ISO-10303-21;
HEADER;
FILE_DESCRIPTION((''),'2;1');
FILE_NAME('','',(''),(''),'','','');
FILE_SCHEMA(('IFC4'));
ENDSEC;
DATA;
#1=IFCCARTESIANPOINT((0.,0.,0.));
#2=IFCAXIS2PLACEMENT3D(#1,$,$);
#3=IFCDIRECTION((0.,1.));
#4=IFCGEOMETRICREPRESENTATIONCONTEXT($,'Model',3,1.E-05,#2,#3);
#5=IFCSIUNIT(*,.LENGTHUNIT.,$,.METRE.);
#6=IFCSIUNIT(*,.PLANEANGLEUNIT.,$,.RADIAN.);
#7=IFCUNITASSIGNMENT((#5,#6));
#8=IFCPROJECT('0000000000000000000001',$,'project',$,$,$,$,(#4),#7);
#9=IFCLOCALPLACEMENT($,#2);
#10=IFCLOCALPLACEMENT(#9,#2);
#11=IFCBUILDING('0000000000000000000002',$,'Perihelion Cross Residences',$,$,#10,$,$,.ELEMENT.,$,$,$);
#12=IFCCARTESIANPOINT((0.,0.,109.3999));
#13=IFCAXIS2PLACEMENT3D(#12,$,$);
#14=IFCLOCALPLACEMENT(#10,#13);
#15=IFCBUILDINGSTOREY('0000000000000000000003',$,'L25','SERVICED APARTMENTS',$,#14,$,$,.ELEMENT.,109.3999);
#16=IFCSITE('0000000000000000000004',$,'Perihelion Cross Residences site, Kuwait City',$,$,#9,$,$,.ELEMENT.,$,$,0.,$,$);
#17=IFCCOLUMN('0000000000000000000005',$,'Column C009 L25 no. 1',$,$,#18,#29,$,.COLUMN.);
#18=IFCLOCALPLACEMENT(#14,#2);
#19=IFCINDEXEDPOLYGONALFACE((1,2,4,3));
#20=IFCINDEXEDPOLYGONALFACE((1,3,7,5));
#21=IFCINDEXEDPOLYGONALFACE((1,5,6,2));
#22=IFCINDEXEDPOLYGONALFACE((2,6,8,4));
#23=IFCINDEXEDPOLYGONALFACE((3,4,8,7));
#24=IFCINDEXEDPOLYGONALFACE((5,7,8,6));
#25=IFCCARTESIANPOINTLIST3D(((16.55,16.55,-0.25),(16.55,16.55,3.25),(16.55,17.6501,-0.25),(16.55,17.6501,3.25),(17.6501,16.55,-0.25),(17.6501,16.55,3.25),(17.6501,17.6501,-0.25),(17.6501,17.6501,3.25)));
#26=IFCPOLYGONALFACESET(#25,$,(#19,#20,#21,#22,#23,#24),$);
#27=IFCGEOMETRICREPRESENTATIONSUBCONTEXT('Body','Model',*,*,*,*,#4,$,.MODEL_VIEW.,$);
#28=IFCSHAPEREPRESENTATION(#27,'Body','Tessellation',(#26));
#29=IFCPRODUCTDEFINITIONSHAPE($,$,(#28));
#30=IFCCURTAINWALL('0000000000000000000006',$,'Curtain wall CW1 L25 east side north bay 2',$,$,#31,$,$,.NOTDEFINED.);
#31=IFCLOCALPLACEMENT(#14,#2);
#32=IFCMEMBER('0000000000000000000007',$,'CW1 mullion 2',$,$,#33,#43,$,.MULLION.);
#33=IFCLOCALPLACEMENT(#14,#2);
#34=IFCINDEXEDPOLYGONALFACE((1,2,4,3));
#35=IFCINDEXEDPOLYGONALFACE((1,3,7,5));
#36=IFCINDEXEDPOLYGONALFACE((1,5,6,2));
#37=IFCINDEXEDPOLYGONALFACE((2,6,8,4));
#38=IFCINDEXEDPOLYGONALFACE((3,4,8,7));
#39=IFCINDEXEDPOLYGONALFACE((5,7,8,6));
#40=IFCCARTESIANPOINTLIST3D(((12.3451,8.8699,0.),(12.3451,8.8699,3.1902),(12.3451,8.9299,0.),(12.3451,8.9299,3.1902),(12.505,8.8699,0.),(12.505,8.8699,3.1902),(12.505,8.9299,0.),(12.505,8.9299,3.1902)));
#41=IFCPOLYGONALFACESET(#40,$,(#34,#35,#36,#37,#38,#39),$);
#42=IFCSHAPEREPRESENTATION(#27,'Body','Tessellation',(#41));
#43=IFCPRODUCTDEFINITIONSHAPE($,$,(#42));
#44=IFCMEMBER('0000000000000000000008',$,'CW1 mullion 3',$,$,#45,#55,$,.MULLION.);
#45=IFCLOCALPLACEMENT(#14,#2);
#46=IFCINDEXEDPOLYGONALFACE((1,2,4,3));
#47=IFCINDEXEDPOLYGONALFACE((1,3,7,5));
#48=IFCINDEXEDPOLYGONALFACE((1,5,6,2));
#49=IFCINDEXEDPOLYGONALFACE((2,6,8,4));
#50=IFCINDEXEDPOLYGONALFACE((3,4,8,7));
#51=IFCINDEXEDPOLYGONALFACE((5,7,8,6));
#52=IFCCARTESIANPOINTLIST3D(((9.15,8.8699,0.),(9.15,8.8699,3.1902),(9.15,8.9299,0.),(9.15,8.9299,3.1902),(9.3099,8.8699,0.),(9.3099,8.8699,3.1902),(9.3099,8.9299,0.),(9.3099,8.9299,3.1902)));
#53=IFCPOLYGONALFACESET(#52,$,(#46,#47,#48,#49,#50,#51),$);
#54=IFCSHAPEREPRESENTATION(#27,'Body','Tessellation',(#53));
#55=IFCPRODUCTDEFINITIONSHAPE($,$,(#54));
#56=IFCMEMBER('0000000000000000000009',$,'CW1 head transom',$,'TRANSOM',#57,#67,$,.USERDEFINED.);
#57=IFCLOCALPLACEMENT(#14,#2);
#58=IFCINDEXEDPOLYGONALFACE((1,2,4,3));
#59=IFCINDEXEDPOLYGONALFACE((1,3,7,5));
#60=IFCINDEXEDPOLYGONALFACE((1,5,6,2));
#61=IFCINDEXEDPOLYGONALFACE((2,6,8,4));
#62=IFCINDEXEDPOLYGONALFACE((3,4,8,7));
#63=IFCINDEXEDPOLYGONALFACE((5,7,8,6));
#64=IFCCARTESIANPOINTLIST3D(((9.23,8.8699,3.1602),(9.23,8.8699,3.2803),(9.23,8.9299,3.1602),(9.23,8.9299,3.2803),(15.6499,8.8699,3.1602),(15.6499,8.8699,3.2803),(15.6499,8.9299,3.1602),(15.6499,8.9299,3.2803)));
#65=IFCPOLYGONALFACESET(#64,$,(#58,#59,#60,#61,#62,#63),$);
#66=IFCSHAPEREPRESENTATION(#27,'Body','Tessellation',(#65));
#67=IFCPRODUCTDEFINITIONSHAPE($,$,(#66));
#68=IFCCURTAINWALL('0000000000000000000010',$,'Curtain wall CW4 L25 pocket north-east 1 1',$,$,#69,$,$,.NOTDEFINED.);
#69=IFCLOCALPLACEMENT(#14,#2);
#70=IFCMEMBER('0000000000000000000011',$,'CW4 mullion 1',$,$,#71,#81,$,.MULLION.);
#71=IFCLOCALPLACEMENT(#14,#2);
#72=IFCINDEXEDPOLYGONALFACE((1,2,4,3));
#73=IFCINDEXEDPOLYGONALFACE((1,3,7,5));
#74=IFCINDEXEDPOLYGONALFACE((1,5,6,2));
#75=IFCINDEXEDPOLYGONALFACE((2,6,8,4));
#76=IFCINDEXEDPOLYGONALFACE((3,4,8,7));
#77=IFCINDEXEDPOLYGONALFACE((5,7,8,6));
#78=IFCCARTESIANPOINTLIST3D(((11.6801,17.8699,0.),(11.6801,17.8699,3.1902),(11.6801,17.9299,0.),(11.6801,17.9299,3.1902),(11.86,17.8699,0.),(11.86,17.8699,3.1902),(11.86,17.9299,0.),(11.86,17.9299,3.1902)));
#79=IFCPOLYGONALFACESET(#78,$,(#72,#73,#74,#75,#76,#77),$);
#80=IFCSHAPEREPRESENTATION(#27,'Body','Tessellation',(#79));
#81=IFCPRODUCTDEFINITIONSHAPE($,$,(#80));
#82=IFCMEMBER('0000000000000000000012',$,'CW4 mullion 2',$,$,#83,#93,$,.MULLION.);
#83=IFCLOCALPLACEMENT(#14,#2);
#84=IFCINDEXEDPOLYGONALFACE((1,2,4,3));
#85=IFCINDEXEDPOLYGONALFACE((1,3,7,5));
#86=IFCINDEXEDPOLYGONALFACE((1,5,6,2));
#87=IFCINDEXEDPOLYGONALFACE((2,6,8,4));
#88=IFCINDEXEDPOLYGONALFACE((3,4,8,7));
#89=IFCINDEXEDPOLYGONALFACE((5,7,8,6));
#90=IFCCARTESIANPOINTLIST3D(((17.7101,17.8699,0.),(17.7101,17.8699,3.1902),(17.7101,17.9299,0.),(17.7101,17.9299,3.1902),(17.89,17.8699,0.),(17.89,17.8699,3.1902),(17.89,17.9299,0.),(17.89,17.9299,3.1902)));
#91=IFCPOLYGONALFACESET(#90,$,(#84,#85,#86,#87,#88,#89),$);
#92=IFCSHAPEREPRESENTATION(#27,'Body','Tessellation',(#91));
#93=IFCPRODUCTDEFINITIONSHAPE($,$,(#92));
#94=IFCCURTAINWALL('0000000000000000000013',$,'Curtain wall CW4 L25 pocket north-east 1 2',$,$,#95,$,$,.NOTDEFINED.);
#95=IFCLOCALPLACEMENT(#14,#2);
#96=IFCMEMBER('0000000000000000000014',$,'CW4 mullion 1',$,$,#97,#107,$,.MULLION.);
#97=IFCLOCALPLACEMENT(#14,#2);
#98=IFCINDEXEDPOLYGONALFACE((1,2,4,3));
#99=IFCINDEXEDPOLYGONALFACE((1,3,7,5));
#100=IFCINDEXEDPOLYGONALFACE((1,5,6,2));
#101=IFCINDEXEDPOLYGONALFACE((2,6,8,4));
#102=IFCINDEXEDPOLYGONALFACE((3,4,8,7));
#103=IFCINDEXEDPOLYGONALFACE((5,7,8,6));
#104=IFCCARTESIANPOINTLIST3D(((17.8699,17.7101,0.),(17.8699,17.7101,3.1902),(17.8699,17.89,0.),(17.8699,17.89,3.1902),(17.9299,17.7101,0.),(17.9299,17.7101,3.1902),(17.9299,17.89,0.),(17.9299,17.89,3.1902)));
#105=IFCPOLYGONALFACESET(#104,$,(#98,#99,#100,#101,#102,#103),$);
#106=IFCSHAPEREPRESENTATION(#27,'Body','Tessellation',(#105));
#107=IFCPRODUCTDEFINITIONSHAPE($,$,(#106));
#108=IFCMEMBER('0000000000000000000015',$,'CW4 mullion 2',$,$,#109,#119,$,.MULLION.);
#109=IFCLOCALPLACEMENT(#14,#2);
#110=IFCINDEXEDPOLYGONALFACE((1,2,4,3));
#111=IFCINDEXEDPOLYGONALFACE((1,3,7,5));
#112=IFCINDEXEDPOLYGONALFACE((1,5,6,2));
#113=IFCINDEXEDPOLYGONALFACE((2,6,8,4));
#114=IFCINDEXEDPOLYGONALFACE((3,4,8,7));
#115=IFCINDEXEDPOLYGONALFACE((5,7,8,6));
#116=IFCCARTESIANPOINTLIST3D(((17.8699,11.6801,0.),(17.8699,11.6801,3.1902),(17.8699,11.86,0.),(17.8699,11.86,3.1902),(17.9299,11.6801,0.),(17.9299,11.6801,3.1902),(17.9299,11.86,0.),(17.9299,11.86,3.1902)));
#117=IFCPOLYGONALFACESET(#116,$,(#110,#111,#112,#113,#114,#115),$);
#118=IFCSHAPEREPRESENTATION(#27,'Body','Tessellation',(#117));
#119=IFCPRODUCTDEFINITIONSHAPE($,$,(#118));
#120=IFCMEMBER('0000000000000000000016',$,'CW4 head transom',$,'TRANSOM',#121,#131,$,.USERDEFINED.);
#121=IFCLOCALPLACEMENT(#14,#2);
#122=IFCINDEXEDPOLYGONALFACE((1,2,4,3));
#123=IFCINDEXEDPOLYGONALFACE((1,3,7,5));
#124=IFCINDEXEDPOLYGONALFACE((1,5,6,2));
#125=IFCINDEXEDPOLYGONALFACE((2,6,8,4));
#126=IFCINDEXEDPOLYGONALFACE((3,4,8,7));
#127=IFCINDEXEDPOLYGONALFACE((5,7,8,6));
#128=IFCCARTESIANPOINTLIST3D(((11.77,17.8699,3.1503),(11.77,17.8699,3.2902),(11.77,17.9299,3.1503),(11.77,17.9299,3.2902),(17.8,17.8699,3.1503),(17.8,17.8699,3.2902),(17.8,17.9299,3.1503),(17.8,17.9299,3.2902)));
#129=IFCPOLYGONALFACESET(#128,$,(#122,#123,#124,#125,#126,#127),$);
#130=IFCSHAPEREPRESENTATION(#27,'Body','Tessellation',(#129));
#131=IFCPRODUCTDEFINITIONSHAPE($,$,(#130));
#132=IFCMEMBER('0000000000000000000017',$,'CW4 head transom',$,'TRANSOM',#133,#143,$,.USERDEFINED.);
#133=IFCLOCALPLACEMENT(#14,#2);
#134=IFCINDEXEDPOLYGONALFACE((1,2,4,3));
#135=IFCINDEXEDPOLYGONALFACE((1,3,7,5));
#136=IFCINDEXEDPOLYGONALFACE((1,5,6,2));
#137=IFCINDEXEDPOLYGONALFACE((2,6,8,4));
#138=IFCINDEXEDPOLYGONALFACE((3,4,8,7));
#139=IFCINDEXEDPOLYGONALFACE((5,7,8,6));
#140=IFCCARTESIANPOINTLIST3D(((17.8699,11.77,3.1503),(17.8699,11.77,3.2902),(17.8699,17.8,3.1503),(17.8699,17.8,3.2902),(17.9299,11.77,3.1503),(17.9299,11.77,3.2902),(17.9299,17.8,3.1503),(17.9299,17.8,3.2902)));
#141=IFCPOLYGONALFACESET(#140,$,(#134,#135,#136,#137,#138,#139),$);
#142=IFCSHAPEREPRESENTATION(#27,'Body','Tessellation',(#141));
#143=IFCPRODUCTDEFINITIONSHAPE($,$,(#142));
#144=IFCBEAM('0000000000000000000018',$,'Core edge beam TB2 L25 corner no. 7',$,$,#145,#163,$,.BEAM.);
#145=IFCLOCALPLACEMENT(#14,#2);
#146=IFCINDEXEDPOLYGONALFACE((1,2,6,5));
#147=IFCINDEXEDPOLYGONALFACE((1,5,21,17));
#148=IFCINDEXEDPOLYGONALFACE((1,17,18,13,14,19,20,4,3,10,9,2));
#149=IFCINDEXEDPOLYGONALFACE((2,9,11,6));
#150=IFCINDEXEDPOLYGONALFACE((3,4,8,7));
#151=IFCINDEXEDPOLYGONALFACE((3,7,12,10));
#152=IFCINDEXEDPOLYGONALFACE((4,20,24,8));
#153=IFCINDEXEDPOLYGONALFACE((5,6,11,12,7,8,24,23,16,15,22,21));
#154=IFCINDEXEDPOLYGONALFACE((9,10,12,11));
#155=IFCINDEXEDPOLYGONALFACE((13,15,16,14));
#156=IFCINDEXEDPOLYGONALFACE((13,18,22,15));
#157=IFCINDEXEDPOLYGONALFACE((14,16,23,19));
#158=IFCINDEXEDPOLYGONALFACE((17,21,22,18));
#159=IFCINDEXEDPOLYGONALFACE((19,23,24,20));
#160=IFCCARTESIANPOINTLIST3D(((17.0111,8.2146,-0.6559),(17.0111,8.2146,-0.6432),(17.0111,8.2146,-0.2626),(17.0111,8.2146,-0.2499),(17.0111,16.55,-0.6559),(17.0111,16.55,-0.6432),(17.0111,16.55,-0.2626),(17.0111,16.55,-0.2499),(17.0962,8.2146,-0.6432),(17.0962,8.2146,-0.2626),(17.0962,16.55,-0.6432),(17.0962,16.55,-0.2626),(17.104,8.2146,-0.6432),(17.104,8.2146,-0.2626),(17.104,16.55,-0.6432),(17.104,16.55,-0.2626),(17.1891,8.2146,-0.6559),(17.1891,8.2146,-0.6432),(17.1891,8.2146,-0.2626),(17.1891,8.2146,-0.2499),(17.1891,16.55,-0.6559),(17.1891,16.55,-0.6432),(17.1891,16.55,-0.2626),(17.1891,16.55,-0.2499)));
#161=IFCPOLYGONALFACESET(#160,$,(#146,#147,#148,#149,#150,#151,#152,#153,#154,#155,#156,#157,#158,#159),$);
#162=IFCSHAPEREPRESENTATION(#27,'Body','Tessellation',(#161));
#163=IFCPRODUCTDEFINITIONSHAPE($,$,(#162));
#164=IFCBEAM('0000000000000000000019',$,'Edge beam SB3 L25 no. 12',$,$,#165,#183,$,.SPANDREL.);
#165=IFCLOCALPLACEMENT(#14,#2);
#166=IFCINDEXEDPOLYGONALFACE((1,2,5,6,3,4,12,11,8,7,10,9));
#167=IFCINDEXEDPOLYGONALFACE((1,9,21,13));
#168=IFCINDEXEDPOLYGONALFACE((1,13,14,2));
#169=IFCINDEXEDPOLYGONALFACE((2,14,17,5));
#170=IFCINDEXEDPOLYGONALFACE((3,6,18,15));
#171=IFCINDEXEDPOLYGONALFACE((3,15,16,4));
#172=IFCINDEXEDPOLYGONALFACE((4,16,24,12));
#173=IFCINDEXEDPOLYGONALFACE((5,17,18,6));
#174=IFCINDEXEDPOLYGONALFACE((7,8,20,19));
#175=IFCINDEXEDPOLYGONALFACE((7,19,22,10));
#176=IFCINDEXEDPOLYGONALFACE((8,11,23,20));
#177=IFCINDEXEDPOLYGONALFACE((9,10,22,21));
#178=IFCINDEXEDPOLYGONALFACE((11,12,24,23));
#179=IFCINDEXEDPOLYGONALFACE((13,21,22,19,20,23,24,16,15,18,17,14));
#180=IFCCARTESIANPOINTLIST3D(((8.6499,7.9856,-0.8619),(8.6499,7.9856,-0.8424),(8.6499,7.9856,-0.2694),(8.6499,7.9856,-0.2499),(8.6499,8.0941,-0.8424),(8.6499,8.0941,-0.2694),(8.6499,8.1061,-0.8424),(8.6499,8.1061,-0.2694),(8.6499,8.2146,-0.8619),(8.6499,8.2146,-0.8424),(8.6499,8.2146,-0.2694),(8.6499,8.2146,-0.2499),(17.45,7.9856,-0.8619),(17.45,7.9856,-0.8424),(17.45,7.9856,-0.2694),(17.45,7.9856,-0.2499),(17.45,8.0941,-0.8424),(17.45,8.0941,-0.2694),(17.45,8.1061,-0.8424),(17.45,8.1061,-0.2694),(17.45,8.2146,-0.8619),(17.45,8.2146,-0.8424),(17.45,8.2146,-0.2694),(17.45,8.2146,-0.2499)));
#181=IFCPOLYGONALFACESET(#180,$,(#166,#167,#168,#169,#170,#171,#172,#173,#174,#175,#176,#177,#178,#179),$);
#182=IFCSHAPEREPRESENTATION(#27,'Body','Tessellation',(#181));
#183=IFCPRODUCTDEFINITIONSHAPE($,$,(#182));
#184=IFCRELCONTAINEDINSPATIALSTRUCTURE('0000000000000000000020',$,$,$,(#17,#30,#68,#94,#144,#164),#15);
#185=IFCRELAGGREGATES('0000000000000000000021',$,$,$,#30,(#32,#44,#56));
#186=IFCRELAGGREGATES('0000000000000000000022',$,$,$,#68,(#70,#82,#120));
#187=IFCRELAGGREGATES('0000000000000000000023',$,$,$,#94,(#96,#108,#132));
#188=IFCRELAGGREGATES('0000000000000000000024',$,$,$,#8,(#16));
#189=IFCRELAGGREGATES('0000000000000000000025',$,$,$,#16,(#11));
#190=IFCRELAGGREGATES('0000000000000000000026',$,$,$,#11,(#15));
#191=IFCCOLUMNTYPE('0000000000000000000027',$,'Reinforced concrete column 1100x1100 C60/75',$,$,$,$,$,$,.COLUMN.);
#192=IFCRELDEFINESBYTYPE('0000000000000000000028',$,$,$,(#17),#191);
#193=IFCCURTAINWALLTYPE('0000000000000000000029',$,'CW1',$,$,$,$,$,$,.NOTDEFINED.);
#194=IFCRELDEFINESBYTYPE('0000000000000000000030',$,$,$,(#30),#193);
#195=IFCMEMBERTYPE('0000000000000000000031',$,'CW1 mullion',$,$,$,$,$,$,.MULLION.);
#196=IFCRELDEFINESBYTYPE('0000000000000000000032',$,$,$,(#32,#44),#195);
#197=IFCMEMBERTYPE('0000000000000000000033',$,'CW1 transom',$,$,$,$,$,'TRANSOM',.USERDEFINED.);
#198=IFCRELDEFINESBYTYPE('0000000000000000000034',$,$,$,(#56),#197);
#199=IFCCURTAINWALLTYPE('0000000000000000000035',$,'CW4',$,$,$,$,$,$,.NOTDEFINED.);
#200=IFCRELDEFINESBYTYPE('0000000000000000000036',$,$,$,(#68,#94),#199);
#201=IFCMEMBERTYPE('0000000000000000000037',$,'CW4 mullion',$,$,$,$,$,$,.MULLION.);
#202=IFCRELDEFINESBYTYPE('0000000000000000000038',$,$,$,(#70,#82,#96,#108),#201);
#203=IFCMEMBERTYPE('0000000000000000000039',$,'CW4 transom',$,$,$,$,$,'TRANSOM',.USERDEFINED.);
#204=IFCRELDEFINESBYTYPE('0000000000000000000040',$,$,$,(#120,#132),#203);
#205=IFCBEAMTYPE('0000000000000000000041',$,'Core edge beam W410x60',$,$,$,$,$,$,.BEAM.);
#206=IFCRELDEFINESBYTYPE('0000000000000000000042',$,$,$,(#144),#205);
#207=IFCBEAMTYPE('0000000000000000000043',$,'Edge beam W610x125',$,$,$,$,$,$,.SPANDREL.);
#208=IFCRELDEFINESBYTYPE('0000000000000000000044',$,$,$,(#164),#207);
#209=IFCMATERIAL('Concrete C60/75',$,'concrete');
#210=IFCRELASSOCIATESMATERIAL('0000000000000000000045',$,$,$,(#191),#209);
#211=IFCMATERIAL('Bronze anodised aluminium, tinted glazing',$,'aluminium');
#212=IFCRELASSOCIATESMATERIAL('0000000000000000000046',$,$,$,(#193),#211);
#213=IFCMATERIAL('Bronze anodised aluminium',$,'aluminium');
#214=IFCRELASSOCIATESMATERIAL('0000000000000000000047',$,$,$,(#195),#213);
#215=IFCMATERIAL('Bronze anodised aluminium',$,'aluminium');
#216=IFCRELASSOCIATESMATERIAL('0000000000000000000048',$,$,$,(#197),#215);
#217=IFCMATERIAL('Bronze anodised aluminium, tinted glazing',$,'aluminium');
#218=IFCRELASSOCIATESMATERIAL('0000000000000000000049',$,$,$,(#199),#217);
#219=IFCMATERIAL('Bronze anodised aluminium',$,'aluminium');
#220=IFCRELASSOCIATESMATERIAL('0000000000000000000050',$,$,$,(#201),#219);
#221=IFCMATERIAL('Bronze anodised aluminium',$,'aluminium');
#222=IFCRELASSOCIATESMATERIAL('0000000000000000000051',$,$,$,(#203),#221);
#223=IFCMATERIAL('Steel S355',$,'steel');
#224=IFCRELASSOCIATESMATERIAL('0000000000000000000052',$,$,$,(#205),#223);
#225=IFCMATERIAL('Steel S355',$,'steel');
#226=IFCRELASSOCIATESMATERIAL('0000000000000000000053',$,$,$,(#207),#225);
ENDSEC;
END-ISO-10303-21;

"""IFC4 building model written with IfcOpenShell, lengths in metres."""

from ifc_helpers import new_model, si_unit, direction, frame, origin, origin_2d, place, context, subcontext, project, spatial, rectangle, i_section, extrude, material, material_profile, profile_set, type_object, element, aggregate, save


model = new_model("IFC4")

# Units and contexts
model_context = context("Model", 3, precision=1e-05, world=origin(), true_north=direction((0.0, 1.0)))
body_context = subcontext(model_context, "Body", "Model", "MODEL_VIEW")
ifc_project = project(units=[si_unit("LENGTHUNIT", "METRE"), si_unit("PLANEANGLEUNIT", "RADIAN")], contexts=[model_context])

# Site, building, storey
site_placement = place(None, origin())
site = spatial("IfcSite", under=ifc_project, at=site_placement, Name="Perihelion Cross Residences site, Kuwait City", CompositionType="ELEMENT", RefElevation=0.0)
building_placement = place(site_placement, origin())
building = spatial("IfcBuilding", under=site, at=building_placement, Name="Perihelion Cross Residences", CompositionType="ELEMENT")
storey_placement = place(building_placement, frame((0.0, 0.0, 109.3999)))
storey = spatial("IfcBuildingStorey", under=building, at=storey_placement, Name="L25", Description="SERVICED APARTMENTS", CompositionType="ELEMENT", Elevation=109.3999)

# Column
ifc_material_1 = material(Name="Concrete C60/75", Category="concrete")
ifc_material_profile_1 = material_profile(ifc_material_1, rectangle(XDim=1.1001, YDim=1.1001, at=origin_2d()), Name="RC 1100x1100")
ifc_profile_set_1 = profile_set([ifc_material_profile_1], Name="Concrete C60/75")
column_type = type_object("IfcColumnType", Name="Reinforced concrete column 1100x1100 C60/75", PredefinedType="COLUMN", material=ifc_profile_set_1)
column_placement = place(storey_placement, frame((17.1001, 17.1001, -0.25), z_axis=(0.0, 0.0, 1.0), x_axis=(1.0, 0.0, 0.0)))
element("IfcColumn", 1, at=column_placement, inside=storey, type_object=column_type, Name="Column C009 L25 no. 1", PredefinedType="COLUMN", context=body_context, shape_type="SweptSolid", body=[
    extrude(rectangle(XDim=1.1001, YDim=1.1001, at=origin_2d()), origin(), (0.0, 0.0, 1.0), 3.5),
])

# Curtain walls, members
ifc_material_2 = material(Name="Bronze anodised aluminium, tinted glazing", Category="aluminium")
curtain_wall_type_1 = type_object("IfcCurtainWallType", Name="CW1", PredefinedType="NOTDEFINED", material=ifc_material_2)
curtain_wall_1_placement = place(storey_placement, origin())
curtain_wall_1 = element("IfcCurtainWall", 2, at=curtain_wall_1_placement, inside=storey, type_object=curtain_wall_type_1, Name="Curtain wall CW1 L25 east side north bay 2", PredefinedType="NOTDEFINED")
ifc_material_3 = material(Name="Bronze anodised aluminium", Category="aluminium")
ifc_material_profile_2 = material_profile(ifc_material_3, rectangle(XDim=0.0601, YDim=0.1599, at=origin_2d()), Name="CW1 mullion")
ifc_profile_set_2 = profile_set([ifc_material_profile_2], Name="Bronze anodised aluminium")
member_type_1 = type_object("IfcMemberType", Name="CW1 mullion", PredefinedType="MULLION", material=ifc_profile_set_2)
member_1_placement = place(storey_placement, frame((12.425, 8.8999, 0.0), z_axis=(0.0, 0.0, 1.0), x_axis=(0.0, -1.0, 0.0)))
member_1 = element("IfcMember", 3, at=member_1_placement, type_object=member_type_1, Name="CW1 mullion 2", PredefinedType="MULLION", context=body_context, shape_type="SweptSolid", body=[
    extrude(rectangle(XDim=0.0601, YDim=0.1599, at=origin_2d()), origin(), (0.0, 0.0, 1.0), 3.1902),
])
member_2_placement = place(storey_placement, frame((9.23, 8.8999, 0.0), z_axis=(0.0, 0.0, 1.0), x_axis=(0.0, -1.0, 0.0)))
member_2 = element("IfcMember", 4, at=member_2_placement, type_object=member_type_1, Name="CW1 mullion 3", PredefinedType="MULLION", context=body_context, shape_type="SweptSolid", body=[
    extrude(rectangle(XDim=0.0601, YDim=0.1599, at=origin_2d()), origin(), (0.0, 0.0, 1.0), 3.1902),
])
ifc_material_4 = material(Name="Bronze anodised aluminium", Category="aluminium")
ifc_material_profile_3 = material_profile(ifc_material_4, rectangle(XDim=0.0601, YDim=0.1201, at=origin_2d()), Name="CW1 transom")
ifc_profile_set_3 = profile_set([ifc_material_profile_3], Name="Bronze anodised aluminium")
member_type_2 = type_object("IfcMemberType", Name="CW1 transom", ElementType="TRANSOM", PredefinedType="USERDEFINED", material=ifc_profile_set_3)
member_3_placement = place(storey_placement, frame((15.6499, 8.8999, 3.2202), z_axis=(-1.0, 0.0, 0.0), x_axis=(0.0, -1.0, 0.0)))
member_3 = element("IfcMember", 5, at=member_3_placement, type_object=member_type_2, Name="CW1 head transom", ObjectType="TRANSOM", PredefinedType="USERDEFINED", context=body_context, shape_type="SweptSolid", body=[
    extrude(rectangle(XDim=0.0601, YDim=0.1201, at=origin_2d()), origin(), (0.0, 0.0, 1.0), 6.4199),
])
ifc_material_5 = material(Name="Bronze anodised aluminium, tinted glazing", Category="aluminium")
curtain_wall_type_2 = type_object("IfcCurtainWallType", Name="CW4", PredefinedType="NOTDEFINED", material=ifc_material_5)
curtain_wall_2_placement = place(storey_placement, origin())
curtain_wall_2 = element("IfcCurtainWall", 6, at=curtain_wall_2_placement, inside=storey, type_object=curtain_wall_type_2, Name="Curtain wall CW4 L25 pocket north-east 1 1", PredefinedType="NOTDEFINED")
ifc_material_6 = material(Name="Bronze anodised aluminium", Category="aluminium")
ifc_material_profile_4 = material_profile(ifc_material_6, rectangle(XDim=0.0601, YDim=0.1799, at=origin_2d()), Name="CW4 mullion")
ifc_profile_set_4 = profile_set([ifc_material_profile_4], Name="Bronze anodised aluminium")
member_type_3 = type_object("IfcMemberType", Name="CW4 mullion", PredefinedType="MULLION", material=ifc_profile_set_4)
member_4_placement = place(storey_placement, frame((11.77, 17.8999, 0.0), z_axis=(0.0, 0.0, 1.0), x_axis=(0.0, 1.0, 0.0)))
member_4 = element("IfcMember", 7, at=member_4_placement, type_object=member_type_3, Name="CW4 mullion 1", PredefinedType="MULLION", context=body_context, shape_type="SweptSolid", body=[
    extrude(rectangle(XDim=0.0601, YDim=0.1799, at=origin_2d()), origin(), (0.0, 0.0, 1.0), 3.1902),
])
member_5_placement = place(storey_placement, frame((17.8, 17.8999, 0.0), z_axis=(0.0, 0.0, 1.0), x_axis=(0.0, 1.0, 0.0)))
member_5 = element("IfcMember", 8, at=member_5_placement, type_object=member_type_3, Name="CW4 mullion 2", PredefinedType="MULLION", context=body_context, shape_type="SweptSolid", body=[
    extrude(rectangle(XDim=0.0601, YDim=0.1799, at=origin_2d()), origin(), (0.0, 0.0, 1.0), 3.1902),
])
curtain_wall_3_placement = place(storey_placement, origin())
curtain_wall_3 = element("IfcCurtainWall", 9, at=curtain_wall_3_placement, inside=storey, type_object=curtain_wall_type_2, Name="Curtain wall CW4 L25 pocket north-east 1 2", PredefinedType="NOTDEFINED")
member_6_placement = place(storey_placement, frame((17.8999, 17.8, 0.0), z_axis=(0.0, 0.0, 1.0), x_axis=(1.0, 0.0, 0.0)))
member_6 = element("IfcMember", 10, at=member_6_placement, type_object=member_type_3, Name="CW4 mullion 1", PredefinedType="MULLION", context=body_context, shape_type="SweptSolid", body=[
    extrude(rectangle(XDim=0.0601, YDim=0.1799, at=origin_2d()), origin(), (0.0, 0.0, 1.0), 3.1902),
])
member_7_placement = place(storey_placement, frame((17.8999, 11.77, 0.0), z_axis=(0.0, 0.0, 1.0), x_axis=(1.0, 0.0, 0.0)))
member_7 = element("IfcMember", 11, at=member_7_placement, type_object=member_type_3, Name="CW4 mullion 2", PredefinedType="MULLION", context=body_context, shape_type="SweptSolid", body=[
    extrude(rectangle(XDim=0.0601, YDim=0.1799, at=origin_2d()), origin(), (0.0, 0.0, 1.0), 3.1902),
])

# Members
ifc_material_7 = material(Name="Bronze anodised aluminium", Category="aluminium")
ifc_material_profile_5 = material_profile(ifc_material_7, rectangle(XDim=0.0601, YDim=0.1399, at=origin_2d()), Name="CW4 transom")
ifc_profile_set_5 = profile_set([ifc_material_profile_5], Name="Bronze anodised aluminium")
member_type_4 = type_object("IfcMemberType", Name="CW4 transom", ElementType="TRANSOM", PredefinedType="USERDEFINED", material=ifc_profile_set_5)
member_8_placement = place(storey_placement, frame((11.77, 17.8999, 3.2202), z_axis=(1.0, 0.0, 0.0), x_axis=(0.0, 1.0, 0.0)))
member_8 = element("IfcMember", 12, at=member_8_placement, type_object=member_type_4, Name="CW4 head transom", ObjectType="TRANSOM", PredefinedType="USERDEFINED", context=body_context, shape_type="SweptSolid", body=[
    extrude(rectangle(XDim=0.0601, YDim=0.1399, at=origin_2d()), origin(), (0.0, 0.0, 1.0), 6.03),
])
member_9_placement = place(storey_placement, frame((17.8999, 17.8, 3.2202), z_axis=(0.0, -1.0, 0.0), x_axis=(1.0, 0.0, 0.0)))
member_9 = element("IfcMember", 13, at=member_9_placement, type_object=member_type_4, Name="CW4 head transom", ObjectType="TRANSOM", PredefinedType="USERDEFINED", context=body_context, shape_type="SweptSolid", body=[
    extrude(rectangle(XDim=0.0601, YDim=0.1399, at=origin_2d()), origin(), (0.0, 0.0, 1.0), 6.03),
])

# Beams
ifc_material_8 = material(Name="Steel S355", Category="steel")
ifc_material_profile_6 = material_profile(ifc_material_8, i_section(OverallWidth=0.178, OverallDepth=0.406, WebThickness=0.0078, FlangeThickness=0.0127, at=origin_2d()), Name="W410x60")
ifc_profile_set_6 = profile_set([ifc_material_profile_6], Name="Steel S355")
beam_type_1 = type_object("IfcBeamType", Name="Core edge beam W410x60", PredefinedType="BEAM", material=ifc_profile_set_6)
beam_1_placement = place(storey_placement, frame((17.1001, 8.2146, -0.4529), z_axis=(0.0, 1.0, 0.0), x_axis=(-1.0, 0.0, 0.0)))
element("IfcBeam", 14, at=beam_1_placement, inside=storey, type_object=beam_type_1, Name="Core edge beam TB2 L25 corner no. 7", PredefinedType="BEAM", context=body_context, shape_type="SweptSolid", body=[
    extrude(i_section(OverallWidth=0.178, OverallDepth=0.406, WebThickness=0.0078, FlangeThickness=0.0127, at=origin_2d()), origin(), (0.0, 0.0, 1.0), 8.3354),
])
ifc_material_9 = material(Name="Steel S355", Category="steel")
ifc_material_profile_7 = material_profile(ifc_material_9, i_section(OverallWidth=0.229, OverallDepth=0.6121, WebThickness=0.012, FlangeThickness=0.0195, at=origin_2d()), Name="W610x125")
ifc_profile_set_7 = profile_set([ifc_material_profile_7], Name="Steel S355")
beam_type_2 = type_object("IfcBeamType", Name="Edge beam W610x125", PredefinedType="SPANDREL", material=ifc_profile_set_7)
beam_2_placement = place(storey_placement, frame((17.45, 8.1001, -0.5559), z_axis=(-1.0, 0.0, 0.0), x_axis=(0.0, -1.0, 0.0)))
element("IfcBeam", 15, at=beam_2_placement, inside=storey, type_object=beam_type_2, Name="Edge beam SB3 L25 no. 12", PredefinedType="SPANDREL", context=body_context, shape_type="SweptSolid", body=[
    extrude(i_section(OverallWidth=0.229, OverallDepth=0.6121, WebThickness=0.012, FlangeThickness=0.0195, at=origin_2d()), origin(), (0.0, 0.0, 1.0), 8.8),
])

aggregate(curtain_wall_1, [member_1, member_2, member_3])

aggregate(curtain_wall_2, [member_4, member_5, member_8])
aggregate(curtain_wall_3, [member_6, member_7, member_9])

save(model, "model.ifc")
